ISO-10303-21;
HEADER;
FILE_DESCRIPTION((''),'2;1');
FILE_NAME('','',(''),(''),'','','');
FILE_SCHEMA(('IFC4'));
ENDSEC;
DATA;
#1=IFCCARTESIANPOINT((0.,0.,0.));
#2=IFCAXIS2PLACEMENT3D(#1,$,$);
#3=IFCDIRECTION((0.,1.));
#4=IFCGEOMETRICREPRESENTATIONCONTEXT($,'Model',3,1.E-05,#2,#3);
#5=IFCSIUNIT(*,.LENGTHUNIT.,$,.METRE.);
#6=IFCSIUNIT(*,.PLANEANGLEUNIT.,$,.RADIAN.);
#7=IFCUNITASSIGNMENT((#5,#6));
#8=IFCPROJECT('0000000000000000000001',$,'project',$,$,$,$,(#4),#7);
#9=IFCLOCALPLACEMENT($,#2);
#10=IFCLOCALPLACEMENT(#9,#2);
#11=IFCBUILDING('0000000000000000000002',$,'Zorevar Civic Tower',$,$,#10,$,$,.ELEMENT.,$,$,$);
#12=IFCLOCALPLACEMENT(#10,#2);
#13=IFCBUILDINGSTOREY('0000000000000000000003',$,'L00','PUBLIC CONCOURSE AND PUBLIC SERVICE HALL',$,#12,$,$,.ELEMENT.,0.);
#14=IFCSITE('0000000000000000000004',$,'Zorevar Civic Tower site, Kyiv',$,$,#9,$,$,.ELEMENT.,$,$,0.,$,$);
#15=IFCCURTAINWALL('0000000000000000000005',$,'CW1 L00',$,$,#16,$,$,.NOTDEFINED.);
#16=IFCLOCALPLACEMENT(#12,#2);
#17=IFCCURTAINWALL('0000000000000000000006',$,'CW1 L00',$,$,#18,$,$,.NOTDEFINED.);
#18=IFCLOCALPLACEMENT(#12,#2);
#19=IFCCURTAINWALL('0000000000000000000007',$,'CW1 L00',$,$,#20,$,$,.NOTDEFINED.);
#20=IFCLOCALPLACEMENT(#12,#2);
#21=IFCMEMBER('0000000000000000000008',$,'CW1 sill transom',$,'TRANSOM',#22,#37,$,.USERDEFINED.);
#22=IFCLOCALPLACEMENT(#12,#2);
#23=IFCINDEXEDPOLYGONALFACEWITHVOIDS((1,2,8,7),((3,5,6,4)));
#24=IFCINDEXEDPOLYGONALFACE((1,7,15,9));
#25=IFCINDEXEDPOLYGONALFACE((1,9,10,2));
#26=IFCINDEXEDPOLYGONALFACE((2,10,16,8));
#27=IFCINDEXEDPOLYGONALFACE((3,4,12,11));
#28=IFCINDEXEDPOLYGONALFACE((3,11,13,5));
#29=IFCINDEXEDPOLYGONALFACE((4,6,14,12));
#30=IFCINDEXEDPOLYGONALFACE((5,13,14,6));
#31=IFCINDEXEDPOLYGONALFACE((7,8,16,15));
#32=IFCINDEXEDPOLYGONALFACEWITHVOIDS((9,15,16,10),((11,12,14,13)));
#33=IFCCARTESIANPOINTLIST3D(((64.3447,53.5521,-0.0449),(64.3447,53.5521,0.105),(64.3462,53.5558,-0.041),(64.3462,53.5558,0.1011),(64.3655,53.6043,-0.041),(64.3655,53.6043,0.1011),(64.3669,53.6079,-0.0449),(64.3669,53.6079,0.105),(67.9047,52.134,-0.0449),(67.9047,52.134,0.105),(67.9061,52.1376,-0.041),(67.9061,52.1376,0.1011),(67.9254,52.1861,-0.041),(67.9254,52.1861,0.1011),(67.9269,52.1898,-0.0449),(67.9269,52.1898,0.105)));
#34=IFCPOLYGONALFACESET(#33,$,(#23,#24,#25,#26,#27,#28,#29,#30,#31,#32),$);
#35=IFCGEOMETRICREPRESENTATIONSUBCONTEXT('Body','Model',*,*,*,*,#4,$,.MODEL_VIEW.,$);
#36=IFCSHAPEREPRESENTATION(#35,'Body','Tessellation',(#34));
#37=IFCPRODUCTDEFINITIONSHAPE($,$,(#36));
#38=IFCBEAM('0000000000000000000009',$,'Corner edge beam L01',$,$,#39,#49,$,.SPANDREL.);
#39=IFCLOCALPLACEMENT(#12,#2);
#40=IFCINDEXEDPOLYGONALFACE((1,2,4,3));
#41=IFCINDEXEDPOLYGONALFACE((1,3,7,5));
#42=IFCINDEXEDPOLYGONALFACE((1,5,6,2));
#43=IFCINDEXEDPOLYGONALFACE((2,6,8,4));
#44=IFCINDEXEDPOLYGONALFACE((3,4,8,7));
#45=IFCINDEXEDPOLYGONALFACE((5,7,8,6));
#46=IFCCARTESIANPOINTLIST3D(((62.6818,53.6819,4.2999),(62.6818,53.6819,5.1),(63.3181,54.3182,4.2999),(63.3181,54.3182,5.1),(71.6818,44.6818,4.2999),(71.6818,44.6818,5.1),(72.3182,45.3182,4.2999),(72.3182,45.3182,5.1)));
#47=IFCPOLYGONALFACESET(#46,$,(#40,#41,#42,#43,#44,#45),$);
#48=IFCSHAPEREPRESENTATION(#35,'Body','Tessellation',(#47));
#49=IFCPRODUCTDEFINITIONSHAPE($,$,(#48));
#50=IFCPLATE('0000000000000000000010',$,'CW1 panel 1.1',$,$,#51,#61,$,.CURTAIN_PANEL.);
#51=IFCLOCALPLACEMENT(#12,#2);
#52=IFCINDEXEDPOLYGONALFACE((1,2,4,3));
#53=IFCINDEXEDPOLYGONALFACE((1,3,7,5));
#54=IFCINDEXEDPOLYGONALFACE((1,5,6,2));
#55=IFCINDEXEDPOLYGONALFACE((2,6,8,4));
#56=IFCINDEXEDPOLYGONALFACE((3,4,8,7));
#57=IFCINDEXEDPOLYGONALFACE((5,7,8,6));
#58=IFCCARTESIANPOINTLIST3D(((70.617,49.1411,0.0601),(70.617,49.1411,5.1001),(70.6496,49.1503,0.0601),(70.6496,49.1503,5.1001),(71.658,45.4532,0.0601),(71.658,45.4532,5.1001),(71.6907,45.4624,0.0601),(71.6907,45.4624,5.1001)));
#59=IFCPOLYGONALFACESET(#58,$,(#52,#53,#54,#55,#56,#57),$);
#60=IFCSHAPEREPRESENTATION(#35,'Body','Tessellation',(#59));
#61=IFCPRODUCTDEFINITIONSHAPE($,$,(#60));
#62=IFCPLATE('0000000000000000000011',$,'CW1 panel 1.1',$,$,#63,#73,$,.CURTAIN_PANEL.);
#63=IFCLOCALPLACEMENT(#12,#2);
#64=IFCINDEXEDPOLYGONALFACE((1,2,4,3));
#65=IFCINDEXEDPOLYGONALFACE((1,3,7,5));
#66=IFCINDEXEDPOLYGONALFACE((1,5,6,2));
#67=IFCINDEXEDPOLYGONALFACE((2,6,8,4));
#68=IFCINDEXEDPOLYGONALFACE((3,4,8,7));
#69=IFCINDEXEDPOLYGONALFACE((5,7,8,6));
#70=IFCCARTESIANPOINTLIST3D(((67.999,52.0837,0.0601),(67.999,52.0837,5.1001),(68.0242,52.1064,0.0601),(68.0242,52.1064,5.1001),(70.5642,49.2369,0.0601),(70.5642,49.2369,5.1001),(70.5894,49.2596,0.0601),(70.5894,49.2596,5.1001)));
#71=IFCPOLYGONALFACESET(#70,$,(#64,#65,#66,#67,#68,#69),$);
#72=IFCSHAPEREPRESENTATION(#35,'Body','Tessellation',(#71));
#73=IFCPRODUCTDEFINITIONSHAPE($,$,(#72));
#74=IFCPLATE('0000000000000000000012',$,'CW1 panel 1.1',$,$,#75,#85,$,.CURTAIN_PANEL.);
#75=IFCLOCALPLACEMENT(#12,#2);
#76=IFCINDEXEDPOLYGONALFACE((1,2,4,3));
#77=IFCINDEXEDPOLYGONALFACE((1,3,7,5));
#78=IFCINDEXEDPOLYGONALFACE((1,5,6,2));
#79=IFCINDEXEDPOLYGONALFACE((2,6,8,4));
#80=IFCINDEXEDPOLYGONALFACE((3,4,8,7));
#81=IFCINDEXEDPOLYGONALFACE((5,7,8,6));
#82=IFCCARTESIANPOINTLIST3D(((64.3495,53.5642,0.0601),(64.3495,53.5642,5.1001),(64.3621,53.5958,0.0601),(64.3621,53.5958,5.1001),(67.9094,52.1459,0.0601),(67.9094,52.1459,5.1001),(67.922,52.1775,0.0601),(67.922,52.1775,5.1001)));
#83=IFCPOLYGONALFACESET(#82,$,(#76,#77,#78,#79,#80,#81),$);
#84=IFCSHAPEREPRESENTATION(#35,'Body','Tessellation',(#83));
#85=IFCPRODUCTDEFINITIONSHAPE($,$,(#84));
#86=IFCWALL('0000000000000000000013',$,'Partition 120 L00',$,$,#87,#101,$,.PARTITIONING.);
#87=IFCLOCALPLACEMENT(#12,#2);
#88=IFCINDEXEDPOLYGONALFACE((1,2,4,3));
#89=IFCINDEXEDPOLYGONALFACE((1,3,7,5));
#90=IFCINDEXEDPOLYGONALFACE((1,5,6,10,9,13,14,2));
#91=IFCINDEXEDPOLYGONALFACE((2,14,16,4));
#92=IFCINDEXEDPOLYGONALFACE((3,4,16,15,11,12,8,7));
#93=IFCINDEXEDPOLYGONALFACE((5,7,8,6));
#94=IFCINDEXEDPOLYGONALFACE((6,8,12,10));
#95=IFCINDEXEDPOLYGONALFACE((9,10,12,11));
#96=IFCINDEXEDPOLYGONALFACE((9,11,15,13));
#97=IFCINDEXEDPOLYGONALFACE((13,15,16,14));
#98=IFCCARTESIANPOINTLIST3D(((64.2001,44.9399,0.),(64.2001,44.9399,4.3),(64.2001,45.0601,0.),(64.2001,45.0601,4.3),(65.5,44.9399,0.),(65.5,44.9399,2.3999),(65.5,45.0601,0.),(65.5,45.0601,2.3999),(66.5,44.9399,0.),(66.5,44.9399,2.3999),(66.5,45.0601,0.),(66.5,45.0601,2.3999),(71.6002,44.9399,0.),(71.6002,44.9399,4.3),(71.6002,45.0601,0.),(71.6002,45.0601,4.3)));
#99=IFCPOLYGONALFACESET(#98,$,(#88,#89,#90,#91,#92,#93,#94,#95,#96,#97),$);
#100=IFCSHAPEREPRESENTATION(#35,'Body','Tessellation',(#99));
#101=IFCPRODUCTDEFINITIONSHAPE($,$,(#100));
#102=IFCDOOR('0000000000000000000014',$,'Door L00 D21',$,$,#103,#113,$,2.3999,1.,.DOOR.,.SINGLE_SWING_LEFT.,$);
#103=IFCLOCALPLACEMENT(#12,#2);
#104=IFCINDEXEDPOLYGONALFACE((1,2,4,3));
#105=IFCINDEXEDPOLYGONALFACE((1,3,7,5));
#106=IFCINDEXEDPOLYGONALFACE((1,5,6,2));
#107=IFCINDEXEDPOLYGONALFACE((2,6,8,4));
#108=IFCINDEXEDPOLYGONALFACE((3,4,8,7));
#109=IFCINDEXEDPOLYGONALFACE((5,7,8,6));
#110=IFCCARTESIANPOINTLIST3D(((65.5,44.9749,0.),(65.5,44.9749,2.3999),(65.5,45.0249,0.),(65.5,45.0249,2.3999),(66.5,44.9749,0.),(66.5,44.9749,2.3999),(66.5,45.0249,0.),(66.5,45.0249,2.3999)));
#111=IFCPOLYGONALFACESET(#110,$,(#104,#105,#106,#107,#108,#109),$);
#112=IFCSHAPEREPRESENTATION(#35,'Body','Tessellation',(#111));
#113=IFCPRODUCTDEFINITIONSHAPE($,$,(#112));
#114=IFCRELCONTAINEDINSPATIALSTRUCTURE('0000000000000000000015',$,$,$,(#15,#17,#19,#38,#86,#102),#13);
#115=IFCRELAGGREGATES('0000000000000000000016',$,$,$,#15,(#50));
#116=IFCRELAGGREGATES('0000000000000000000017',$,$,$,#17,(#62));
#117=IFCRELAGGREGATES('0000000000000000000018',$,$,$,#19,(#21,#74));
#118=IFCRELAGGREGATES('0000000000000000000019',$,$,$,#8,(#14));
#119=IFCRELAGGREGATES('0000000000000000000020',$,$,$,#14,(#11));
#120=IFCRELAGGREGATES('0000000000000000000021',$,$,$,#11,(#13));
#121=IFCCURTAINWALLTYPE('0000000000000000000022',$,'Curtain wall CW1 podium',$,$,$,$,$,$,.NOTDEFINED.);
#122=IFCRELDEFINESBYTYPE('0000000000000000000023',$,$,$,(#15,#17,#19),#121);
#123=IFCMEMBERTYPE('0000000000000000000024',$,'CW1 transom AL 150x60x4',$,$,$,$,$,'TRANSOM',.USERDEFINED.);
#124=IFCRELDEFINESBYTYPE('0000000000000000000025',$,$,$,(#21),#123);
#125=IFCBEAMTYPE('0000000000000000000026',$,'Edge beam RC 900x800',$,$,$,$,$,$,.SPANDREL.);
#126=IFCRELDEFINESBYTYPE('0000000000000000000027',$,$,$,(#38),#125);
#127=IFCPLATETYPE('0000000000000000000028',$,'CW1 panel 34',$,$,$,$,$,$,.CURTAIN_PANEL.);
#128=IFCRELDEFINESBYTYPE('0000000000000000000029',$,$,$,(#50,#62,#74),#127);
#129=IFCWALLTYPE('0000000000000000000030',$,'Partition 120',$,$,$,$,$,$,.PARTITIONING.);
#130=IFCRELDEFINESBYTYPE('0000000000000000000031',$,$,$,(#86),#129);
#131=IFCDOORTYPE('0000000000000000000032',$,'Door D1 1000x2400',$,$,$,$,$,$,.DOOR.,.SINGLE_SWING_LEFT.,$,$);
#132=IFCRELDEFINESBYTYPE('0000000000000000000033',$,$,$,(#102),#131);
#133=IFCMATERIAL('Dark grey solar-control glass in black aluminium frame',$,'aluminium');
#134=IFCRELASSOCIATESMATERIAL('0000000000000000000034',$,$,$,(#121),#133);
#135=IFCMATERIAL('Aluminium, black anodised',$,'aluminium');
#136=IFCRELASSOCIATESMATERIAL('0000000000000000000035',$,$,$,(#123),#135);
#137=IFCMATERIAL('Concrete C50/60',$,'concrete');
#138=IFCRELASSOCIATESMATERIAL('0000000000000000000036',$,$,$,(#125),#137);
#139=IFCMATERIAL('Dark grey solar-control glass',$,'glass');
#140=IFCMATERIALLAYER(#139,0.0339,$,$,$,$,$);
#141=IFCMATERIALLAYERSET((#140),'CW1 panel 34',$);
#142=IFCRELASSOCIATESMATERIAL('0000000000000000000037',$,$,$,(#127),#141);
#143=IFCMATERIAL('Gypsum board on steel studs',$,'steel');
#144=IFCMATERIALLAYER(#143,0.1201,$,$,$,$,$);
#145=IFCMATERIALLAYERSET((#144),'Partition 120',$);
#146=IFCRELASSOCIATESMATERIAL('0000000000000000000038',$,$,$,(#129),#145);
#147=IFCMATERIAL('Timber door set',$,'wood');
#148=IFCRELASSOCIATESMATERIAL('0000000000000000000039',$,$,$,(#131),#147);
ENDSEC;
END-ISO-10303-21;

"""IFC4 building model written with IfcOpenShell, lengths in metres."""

from ifc_helpers import new_model, si_unit, direction, frame, frame_2d, origin, origin_2d, place, context, subcontext, project, spatial, rectangle, hollow_rectangle, extrude, material, layer, layer_set, material_profile, profile_set, type_object, element, fill, aggregate, save


model = new_model("IFC4")

# Units and contexts
model_context = context("Model", 3, precision=1e-05, world=origin(), true_north=direction((0.0, 1.0)))
body_context = subcontext(model_context, "Body", "Model", "MODEL_VIEW")
ifc_project = project(units=[si_unit("LENGTHUNIT", "METRE"), si_unit("PLANEANGLEUNIT", "RADIAN")], contexts=[model_context])

# Site, building, storey
site_placement = place(None, origin())
site = spatial("IfcSite", under=ifc_project, at=site_placement, Name="Zorevar Civic Tower site, Kyiv", CompositionType="ELEMENT", RefElevation=0.0)
building_placement = place(site_placement, origin())
building = spatial("IfcBuilding", under=site, at=building_placement, Name="Zorevar Civic Tower", CompositionType="ELEMENT")
storey_placement = place(building_placement, origin())
storey = spatial("IfcBuildingStorey", under=building, at=storey_placement, Name="L00", Description="PUBLIC CONCOURSE AND PUBLIC SERVICE HALL", CompositionType="ELEMENT", Elevation=0.0)

# Curtain walls
ifc_material_1 = material(Name="Dark grey solar-control glass in black aluminium frame", Category="aluminium")
curtain_wall_type = type_object("IfcCurtainWallType", Name="Curtain wall CW1 podium", PredefinedType="NOTDEFINED", material=ifc_material_1)
curtain_wall_1_placement = place(storey_placement, origin())
curtain_wall_1 = element("IfcCurtainWall", 1, at=curtain_wall_1_placement, inside=storey, type_object=curtain_wall_type, Name="CW1 L00", PredefinedType="NOTDEFINED")
curtain_wall_2_placement = place(storey_placement, origin())
curtain_wall_2 = element("IfcCurtainWall", 2, at=curtain_wall_2_placement, inside=storey, type_object=curtain_wall_type, Name="CW1 L00", PredefinedType="NOTDEFINED")
curtain_wall_3_placement = place(storey_placement, origin())
curtain_wall_3 = element("IfcCurtainWall", 3, at=curtain_wall_3_placement, inside=storey, type_object=curtain_wall_type, Name="CW1 L00", PredefinedType="NOTDEFINED")

# Member
ifc_material_2 = material(Name="Aluminium, black anodised", Category="aluminium")
ifc_material_profile_1 = material_profile(ifc_material_2, hollow_rectangle(XDim=0.0601, YDim=0.1499, WallThickness=0.0039, at=origin_2d()), Name="AL 150x60x4")
ifc_profile_set_1 = profile_set([ifc_material_profile_1], Name="Aluminium, black anodised")
member_type_1 = type_object("IfcMemberType", Name="CW1 transom AL 150x60x4", ElementType="TRANSOM", PredefinedType="USERDEFINED", material=ifc_profile_set_1)
member_1_placement = place(storey_placement, frame((67.9158, 52.1619, 0.03), z_axis=(-0.928999, 0.370083, 0.0), x_axis=(-0.370083, -0.928999, 0.0)))
member_1 = element("IfcMember", 4, at=member_1_placement, type_object=member_type_1, Name="CW1 sill transom", ObjectType="TRANSOM", PredefinedType="USERDEFINED", context=body_context, shape_type="SweptSolid", body=[
    extrude(hollow_rectangle(XDim=0.0601, YDim=0.1499, WallThickness=0.0039, at=origin_2d()), origin(), (0.0, 0.0, 1.0), 3.832),
])

# Beam
ifc_material_3 = material(Name="Concrete C50/60", Category="concrete")
ifc_material_profile_2 = material_profile(ifc_material_3, rectangle(XDim=0.8999, YDim=0.8, at=origin_2d()), Name="RC 900x800")
ifc_profile_set_2 = profile_set([ifc_material_profile_2], Name="Concrete C50/60")
beam_type_1 = type_object("IfcBeamType", Name="Edge beam RC 900x800", PredefinedType="SPANDREL", material=ifc_profile_set_2)
beam_1_placement = place(storey_placement, frame((72.0, 45.0, 4.7), z_axis=(-0.707107, 0.707107, 0.0), x_axis=(-0.707107, -0.707107, 0.0)))
element("IfcBeam", 5, at=beam_1_placement, inside=storey, type_object=beam_type_1, Name="Corner edge beam L01", PredefinedType="SPANDREL", context=body_context, shape_type="SweptSolid", body=[
    extrude(rectangle(XDim=0.8999, YDim=0.8, at=origin_2d()), origin(), (0.0, 0.0, 1.0), 12.728),
])

# Plates
ifc_material_4 = material(Name="Dark grey solar-control glass", Category="glass")
ifc_layer_1 = layer(ifc_material_4, 0.0339)
ifc_layer_set_1 = layer_set([ifc_layer_1], Name="CW1 panel 34")
plate_type = type_object("IfcPlateType", Name="CW1 panel 34", PredefinedType="CURTAIN_PANEL", material=ifc_layer_set_1)
plate_1_placement = place(storey_placement, frame((71.1538, 47.3018, 0.0601), z_axis=(0.0, 0.0, 1.0), x_axis=(-0.271669, 0.962391, 0.0)))
plate_1 = element("IfcPlate", 6, at=plate_1_placement, type_object=plate_type, Name="CW1 panel 1.1", PredefinedType="CURTAIN_PANEL", context=body_context, shape_type="SweptSolid", body=[
    extrude(rectangle(XDim=3.832, YDim=0.0339, at=origin_2d()), origin(), (0.0, 0.0, 1.0), 5.04),
])
aggregate(curtain_wall_1, [plate_1])
plate_2_placement = place(storey_placement, frame((69.2942, 50.6716, 0.0601), z_axis=(0.0, 0.0, 1.0), x_axis=(-0.669403, 0.7429, 0.0)))
plate_2 = element("IfcPlate", 7, at=plate_2_placement, type_object=plate_type, Name="CW1 panel 1.1", PredefinedType="CURTAIN_PANEL", context=body_context, shape_type="SweptSolid", body=[
    extrude(rectangle(XDim=3.832, YDim=0.0339, at=origin_2d()), origin(), (0.0, 0.0, 1.0), 5.04),
])
aggregate(curtain_wall_2, [plate_2])
plate_3_placement = place(storey_placement, frame((66.1357, 52.8708, 0.0601), z_axis=(0.0, 0.0, 1.0), x_axis=(-0.928988, 0.370111, 0.0)))
plate_3 = element("IfcPlate", 8, at=plate_3_placement, type_object=plate_type, Name="CW1 panel 1.1", PredefinedType="CURTAIN_PANEL", context=body_context, shape_type="SweptSolid", body=[
    extrude(rectangle(XDim=3.832, YDim=0.0339, at=origin_2d()), origin(), (0.0, 0.0, 1.0), 5.04),
])
aggregate(curtain_wall_3, [member_1, plate_3])

# Wall, opening, door
ifc_material_5 = material(Name="Gypsum board on steel studs", Category="steel")
ifc_layer_2 = layer(ifc_material_5, 0.1201)
ifc_layer_set_2 = layer_set([ifc_layer_2], Name="Partition 120")
wall_type = type_object("IfcWallType", Name="Partition 120", PredefinedType="PARTITIONING", material=ifc_layer_set_2)
wall_placement = place(storey_placement, frame((64.2, 45.0, 0.0), z_axis=(0.0, 0.0, 1.0), x_axis=(1.0, 0.0, 0.0)))
wall = element("IfcWall", 9, at=wall_placement, inside=storey, type_object=wall_type, Name="Partition 120 L00", PredefinedType="PARTITIONING", context=body_context, shape_type="SweptSolid", body=[
    extrude(rectangle(XDim=7.4001, YDim=0.1201, at=frame_2d((3.7002, 0.0))), origin(), (0.0, 0.0, 1.0), 4.3),
])
opening_placement = place(wall_placement, frame((1.3, 0.0, 0.0)))
opening = element("IfcOpeningElement", 10, at=opening_placement, cuts=wall, PredefinedType="OPENING", context=body_context, shape_type="SweptSolid", body=[
    extrude(rectangle(XDim=1.0, YDim=2.3999, at=frame_2d((0.5, 1.2))), frame((0.0, 0.0701, 0.0), z_axis=(0.0, -1.0, 0.0), x_axis=(1.0, 0.0, 0.0)), (0.0, 0.0, 1.0), 0.1401),
])
ifc_material_6 = material(Name="Timber door set", Category="wood")
door_type = type_object("IfcDoorType", Name="Door D1 1000x2400", OperationType="SINGLE_SWING_LEFT", PredefinedType="DOOR", material=ifc_material_6)
door_placement = place(opening_placement, origin())
door = element("IfcDoor", 11, at=door_placement, inside=storey, type_object=door_type, Name="Door L00 D21", OperationType="SINGLE_SWING_LEFT", OverallHeight=2.3999, OverallWidth=1.0, PredefinedType="DOOR", context=body_context, shape_type="SweptSolid", body=[
    extrude(rectangle(XDim=1.0, YDim=2.3999, at=frame_2d((0.5, 1.2))), frame((0.0, 0.0249, 0.0), z_axis=(0.0, -1.0, 0.0), x_axis=(1.0, 0.0, 0.0)), (0.0, 0.0, 1.0), 0.05),
])
fill(opening, door)

save(model, "model.ifc")
